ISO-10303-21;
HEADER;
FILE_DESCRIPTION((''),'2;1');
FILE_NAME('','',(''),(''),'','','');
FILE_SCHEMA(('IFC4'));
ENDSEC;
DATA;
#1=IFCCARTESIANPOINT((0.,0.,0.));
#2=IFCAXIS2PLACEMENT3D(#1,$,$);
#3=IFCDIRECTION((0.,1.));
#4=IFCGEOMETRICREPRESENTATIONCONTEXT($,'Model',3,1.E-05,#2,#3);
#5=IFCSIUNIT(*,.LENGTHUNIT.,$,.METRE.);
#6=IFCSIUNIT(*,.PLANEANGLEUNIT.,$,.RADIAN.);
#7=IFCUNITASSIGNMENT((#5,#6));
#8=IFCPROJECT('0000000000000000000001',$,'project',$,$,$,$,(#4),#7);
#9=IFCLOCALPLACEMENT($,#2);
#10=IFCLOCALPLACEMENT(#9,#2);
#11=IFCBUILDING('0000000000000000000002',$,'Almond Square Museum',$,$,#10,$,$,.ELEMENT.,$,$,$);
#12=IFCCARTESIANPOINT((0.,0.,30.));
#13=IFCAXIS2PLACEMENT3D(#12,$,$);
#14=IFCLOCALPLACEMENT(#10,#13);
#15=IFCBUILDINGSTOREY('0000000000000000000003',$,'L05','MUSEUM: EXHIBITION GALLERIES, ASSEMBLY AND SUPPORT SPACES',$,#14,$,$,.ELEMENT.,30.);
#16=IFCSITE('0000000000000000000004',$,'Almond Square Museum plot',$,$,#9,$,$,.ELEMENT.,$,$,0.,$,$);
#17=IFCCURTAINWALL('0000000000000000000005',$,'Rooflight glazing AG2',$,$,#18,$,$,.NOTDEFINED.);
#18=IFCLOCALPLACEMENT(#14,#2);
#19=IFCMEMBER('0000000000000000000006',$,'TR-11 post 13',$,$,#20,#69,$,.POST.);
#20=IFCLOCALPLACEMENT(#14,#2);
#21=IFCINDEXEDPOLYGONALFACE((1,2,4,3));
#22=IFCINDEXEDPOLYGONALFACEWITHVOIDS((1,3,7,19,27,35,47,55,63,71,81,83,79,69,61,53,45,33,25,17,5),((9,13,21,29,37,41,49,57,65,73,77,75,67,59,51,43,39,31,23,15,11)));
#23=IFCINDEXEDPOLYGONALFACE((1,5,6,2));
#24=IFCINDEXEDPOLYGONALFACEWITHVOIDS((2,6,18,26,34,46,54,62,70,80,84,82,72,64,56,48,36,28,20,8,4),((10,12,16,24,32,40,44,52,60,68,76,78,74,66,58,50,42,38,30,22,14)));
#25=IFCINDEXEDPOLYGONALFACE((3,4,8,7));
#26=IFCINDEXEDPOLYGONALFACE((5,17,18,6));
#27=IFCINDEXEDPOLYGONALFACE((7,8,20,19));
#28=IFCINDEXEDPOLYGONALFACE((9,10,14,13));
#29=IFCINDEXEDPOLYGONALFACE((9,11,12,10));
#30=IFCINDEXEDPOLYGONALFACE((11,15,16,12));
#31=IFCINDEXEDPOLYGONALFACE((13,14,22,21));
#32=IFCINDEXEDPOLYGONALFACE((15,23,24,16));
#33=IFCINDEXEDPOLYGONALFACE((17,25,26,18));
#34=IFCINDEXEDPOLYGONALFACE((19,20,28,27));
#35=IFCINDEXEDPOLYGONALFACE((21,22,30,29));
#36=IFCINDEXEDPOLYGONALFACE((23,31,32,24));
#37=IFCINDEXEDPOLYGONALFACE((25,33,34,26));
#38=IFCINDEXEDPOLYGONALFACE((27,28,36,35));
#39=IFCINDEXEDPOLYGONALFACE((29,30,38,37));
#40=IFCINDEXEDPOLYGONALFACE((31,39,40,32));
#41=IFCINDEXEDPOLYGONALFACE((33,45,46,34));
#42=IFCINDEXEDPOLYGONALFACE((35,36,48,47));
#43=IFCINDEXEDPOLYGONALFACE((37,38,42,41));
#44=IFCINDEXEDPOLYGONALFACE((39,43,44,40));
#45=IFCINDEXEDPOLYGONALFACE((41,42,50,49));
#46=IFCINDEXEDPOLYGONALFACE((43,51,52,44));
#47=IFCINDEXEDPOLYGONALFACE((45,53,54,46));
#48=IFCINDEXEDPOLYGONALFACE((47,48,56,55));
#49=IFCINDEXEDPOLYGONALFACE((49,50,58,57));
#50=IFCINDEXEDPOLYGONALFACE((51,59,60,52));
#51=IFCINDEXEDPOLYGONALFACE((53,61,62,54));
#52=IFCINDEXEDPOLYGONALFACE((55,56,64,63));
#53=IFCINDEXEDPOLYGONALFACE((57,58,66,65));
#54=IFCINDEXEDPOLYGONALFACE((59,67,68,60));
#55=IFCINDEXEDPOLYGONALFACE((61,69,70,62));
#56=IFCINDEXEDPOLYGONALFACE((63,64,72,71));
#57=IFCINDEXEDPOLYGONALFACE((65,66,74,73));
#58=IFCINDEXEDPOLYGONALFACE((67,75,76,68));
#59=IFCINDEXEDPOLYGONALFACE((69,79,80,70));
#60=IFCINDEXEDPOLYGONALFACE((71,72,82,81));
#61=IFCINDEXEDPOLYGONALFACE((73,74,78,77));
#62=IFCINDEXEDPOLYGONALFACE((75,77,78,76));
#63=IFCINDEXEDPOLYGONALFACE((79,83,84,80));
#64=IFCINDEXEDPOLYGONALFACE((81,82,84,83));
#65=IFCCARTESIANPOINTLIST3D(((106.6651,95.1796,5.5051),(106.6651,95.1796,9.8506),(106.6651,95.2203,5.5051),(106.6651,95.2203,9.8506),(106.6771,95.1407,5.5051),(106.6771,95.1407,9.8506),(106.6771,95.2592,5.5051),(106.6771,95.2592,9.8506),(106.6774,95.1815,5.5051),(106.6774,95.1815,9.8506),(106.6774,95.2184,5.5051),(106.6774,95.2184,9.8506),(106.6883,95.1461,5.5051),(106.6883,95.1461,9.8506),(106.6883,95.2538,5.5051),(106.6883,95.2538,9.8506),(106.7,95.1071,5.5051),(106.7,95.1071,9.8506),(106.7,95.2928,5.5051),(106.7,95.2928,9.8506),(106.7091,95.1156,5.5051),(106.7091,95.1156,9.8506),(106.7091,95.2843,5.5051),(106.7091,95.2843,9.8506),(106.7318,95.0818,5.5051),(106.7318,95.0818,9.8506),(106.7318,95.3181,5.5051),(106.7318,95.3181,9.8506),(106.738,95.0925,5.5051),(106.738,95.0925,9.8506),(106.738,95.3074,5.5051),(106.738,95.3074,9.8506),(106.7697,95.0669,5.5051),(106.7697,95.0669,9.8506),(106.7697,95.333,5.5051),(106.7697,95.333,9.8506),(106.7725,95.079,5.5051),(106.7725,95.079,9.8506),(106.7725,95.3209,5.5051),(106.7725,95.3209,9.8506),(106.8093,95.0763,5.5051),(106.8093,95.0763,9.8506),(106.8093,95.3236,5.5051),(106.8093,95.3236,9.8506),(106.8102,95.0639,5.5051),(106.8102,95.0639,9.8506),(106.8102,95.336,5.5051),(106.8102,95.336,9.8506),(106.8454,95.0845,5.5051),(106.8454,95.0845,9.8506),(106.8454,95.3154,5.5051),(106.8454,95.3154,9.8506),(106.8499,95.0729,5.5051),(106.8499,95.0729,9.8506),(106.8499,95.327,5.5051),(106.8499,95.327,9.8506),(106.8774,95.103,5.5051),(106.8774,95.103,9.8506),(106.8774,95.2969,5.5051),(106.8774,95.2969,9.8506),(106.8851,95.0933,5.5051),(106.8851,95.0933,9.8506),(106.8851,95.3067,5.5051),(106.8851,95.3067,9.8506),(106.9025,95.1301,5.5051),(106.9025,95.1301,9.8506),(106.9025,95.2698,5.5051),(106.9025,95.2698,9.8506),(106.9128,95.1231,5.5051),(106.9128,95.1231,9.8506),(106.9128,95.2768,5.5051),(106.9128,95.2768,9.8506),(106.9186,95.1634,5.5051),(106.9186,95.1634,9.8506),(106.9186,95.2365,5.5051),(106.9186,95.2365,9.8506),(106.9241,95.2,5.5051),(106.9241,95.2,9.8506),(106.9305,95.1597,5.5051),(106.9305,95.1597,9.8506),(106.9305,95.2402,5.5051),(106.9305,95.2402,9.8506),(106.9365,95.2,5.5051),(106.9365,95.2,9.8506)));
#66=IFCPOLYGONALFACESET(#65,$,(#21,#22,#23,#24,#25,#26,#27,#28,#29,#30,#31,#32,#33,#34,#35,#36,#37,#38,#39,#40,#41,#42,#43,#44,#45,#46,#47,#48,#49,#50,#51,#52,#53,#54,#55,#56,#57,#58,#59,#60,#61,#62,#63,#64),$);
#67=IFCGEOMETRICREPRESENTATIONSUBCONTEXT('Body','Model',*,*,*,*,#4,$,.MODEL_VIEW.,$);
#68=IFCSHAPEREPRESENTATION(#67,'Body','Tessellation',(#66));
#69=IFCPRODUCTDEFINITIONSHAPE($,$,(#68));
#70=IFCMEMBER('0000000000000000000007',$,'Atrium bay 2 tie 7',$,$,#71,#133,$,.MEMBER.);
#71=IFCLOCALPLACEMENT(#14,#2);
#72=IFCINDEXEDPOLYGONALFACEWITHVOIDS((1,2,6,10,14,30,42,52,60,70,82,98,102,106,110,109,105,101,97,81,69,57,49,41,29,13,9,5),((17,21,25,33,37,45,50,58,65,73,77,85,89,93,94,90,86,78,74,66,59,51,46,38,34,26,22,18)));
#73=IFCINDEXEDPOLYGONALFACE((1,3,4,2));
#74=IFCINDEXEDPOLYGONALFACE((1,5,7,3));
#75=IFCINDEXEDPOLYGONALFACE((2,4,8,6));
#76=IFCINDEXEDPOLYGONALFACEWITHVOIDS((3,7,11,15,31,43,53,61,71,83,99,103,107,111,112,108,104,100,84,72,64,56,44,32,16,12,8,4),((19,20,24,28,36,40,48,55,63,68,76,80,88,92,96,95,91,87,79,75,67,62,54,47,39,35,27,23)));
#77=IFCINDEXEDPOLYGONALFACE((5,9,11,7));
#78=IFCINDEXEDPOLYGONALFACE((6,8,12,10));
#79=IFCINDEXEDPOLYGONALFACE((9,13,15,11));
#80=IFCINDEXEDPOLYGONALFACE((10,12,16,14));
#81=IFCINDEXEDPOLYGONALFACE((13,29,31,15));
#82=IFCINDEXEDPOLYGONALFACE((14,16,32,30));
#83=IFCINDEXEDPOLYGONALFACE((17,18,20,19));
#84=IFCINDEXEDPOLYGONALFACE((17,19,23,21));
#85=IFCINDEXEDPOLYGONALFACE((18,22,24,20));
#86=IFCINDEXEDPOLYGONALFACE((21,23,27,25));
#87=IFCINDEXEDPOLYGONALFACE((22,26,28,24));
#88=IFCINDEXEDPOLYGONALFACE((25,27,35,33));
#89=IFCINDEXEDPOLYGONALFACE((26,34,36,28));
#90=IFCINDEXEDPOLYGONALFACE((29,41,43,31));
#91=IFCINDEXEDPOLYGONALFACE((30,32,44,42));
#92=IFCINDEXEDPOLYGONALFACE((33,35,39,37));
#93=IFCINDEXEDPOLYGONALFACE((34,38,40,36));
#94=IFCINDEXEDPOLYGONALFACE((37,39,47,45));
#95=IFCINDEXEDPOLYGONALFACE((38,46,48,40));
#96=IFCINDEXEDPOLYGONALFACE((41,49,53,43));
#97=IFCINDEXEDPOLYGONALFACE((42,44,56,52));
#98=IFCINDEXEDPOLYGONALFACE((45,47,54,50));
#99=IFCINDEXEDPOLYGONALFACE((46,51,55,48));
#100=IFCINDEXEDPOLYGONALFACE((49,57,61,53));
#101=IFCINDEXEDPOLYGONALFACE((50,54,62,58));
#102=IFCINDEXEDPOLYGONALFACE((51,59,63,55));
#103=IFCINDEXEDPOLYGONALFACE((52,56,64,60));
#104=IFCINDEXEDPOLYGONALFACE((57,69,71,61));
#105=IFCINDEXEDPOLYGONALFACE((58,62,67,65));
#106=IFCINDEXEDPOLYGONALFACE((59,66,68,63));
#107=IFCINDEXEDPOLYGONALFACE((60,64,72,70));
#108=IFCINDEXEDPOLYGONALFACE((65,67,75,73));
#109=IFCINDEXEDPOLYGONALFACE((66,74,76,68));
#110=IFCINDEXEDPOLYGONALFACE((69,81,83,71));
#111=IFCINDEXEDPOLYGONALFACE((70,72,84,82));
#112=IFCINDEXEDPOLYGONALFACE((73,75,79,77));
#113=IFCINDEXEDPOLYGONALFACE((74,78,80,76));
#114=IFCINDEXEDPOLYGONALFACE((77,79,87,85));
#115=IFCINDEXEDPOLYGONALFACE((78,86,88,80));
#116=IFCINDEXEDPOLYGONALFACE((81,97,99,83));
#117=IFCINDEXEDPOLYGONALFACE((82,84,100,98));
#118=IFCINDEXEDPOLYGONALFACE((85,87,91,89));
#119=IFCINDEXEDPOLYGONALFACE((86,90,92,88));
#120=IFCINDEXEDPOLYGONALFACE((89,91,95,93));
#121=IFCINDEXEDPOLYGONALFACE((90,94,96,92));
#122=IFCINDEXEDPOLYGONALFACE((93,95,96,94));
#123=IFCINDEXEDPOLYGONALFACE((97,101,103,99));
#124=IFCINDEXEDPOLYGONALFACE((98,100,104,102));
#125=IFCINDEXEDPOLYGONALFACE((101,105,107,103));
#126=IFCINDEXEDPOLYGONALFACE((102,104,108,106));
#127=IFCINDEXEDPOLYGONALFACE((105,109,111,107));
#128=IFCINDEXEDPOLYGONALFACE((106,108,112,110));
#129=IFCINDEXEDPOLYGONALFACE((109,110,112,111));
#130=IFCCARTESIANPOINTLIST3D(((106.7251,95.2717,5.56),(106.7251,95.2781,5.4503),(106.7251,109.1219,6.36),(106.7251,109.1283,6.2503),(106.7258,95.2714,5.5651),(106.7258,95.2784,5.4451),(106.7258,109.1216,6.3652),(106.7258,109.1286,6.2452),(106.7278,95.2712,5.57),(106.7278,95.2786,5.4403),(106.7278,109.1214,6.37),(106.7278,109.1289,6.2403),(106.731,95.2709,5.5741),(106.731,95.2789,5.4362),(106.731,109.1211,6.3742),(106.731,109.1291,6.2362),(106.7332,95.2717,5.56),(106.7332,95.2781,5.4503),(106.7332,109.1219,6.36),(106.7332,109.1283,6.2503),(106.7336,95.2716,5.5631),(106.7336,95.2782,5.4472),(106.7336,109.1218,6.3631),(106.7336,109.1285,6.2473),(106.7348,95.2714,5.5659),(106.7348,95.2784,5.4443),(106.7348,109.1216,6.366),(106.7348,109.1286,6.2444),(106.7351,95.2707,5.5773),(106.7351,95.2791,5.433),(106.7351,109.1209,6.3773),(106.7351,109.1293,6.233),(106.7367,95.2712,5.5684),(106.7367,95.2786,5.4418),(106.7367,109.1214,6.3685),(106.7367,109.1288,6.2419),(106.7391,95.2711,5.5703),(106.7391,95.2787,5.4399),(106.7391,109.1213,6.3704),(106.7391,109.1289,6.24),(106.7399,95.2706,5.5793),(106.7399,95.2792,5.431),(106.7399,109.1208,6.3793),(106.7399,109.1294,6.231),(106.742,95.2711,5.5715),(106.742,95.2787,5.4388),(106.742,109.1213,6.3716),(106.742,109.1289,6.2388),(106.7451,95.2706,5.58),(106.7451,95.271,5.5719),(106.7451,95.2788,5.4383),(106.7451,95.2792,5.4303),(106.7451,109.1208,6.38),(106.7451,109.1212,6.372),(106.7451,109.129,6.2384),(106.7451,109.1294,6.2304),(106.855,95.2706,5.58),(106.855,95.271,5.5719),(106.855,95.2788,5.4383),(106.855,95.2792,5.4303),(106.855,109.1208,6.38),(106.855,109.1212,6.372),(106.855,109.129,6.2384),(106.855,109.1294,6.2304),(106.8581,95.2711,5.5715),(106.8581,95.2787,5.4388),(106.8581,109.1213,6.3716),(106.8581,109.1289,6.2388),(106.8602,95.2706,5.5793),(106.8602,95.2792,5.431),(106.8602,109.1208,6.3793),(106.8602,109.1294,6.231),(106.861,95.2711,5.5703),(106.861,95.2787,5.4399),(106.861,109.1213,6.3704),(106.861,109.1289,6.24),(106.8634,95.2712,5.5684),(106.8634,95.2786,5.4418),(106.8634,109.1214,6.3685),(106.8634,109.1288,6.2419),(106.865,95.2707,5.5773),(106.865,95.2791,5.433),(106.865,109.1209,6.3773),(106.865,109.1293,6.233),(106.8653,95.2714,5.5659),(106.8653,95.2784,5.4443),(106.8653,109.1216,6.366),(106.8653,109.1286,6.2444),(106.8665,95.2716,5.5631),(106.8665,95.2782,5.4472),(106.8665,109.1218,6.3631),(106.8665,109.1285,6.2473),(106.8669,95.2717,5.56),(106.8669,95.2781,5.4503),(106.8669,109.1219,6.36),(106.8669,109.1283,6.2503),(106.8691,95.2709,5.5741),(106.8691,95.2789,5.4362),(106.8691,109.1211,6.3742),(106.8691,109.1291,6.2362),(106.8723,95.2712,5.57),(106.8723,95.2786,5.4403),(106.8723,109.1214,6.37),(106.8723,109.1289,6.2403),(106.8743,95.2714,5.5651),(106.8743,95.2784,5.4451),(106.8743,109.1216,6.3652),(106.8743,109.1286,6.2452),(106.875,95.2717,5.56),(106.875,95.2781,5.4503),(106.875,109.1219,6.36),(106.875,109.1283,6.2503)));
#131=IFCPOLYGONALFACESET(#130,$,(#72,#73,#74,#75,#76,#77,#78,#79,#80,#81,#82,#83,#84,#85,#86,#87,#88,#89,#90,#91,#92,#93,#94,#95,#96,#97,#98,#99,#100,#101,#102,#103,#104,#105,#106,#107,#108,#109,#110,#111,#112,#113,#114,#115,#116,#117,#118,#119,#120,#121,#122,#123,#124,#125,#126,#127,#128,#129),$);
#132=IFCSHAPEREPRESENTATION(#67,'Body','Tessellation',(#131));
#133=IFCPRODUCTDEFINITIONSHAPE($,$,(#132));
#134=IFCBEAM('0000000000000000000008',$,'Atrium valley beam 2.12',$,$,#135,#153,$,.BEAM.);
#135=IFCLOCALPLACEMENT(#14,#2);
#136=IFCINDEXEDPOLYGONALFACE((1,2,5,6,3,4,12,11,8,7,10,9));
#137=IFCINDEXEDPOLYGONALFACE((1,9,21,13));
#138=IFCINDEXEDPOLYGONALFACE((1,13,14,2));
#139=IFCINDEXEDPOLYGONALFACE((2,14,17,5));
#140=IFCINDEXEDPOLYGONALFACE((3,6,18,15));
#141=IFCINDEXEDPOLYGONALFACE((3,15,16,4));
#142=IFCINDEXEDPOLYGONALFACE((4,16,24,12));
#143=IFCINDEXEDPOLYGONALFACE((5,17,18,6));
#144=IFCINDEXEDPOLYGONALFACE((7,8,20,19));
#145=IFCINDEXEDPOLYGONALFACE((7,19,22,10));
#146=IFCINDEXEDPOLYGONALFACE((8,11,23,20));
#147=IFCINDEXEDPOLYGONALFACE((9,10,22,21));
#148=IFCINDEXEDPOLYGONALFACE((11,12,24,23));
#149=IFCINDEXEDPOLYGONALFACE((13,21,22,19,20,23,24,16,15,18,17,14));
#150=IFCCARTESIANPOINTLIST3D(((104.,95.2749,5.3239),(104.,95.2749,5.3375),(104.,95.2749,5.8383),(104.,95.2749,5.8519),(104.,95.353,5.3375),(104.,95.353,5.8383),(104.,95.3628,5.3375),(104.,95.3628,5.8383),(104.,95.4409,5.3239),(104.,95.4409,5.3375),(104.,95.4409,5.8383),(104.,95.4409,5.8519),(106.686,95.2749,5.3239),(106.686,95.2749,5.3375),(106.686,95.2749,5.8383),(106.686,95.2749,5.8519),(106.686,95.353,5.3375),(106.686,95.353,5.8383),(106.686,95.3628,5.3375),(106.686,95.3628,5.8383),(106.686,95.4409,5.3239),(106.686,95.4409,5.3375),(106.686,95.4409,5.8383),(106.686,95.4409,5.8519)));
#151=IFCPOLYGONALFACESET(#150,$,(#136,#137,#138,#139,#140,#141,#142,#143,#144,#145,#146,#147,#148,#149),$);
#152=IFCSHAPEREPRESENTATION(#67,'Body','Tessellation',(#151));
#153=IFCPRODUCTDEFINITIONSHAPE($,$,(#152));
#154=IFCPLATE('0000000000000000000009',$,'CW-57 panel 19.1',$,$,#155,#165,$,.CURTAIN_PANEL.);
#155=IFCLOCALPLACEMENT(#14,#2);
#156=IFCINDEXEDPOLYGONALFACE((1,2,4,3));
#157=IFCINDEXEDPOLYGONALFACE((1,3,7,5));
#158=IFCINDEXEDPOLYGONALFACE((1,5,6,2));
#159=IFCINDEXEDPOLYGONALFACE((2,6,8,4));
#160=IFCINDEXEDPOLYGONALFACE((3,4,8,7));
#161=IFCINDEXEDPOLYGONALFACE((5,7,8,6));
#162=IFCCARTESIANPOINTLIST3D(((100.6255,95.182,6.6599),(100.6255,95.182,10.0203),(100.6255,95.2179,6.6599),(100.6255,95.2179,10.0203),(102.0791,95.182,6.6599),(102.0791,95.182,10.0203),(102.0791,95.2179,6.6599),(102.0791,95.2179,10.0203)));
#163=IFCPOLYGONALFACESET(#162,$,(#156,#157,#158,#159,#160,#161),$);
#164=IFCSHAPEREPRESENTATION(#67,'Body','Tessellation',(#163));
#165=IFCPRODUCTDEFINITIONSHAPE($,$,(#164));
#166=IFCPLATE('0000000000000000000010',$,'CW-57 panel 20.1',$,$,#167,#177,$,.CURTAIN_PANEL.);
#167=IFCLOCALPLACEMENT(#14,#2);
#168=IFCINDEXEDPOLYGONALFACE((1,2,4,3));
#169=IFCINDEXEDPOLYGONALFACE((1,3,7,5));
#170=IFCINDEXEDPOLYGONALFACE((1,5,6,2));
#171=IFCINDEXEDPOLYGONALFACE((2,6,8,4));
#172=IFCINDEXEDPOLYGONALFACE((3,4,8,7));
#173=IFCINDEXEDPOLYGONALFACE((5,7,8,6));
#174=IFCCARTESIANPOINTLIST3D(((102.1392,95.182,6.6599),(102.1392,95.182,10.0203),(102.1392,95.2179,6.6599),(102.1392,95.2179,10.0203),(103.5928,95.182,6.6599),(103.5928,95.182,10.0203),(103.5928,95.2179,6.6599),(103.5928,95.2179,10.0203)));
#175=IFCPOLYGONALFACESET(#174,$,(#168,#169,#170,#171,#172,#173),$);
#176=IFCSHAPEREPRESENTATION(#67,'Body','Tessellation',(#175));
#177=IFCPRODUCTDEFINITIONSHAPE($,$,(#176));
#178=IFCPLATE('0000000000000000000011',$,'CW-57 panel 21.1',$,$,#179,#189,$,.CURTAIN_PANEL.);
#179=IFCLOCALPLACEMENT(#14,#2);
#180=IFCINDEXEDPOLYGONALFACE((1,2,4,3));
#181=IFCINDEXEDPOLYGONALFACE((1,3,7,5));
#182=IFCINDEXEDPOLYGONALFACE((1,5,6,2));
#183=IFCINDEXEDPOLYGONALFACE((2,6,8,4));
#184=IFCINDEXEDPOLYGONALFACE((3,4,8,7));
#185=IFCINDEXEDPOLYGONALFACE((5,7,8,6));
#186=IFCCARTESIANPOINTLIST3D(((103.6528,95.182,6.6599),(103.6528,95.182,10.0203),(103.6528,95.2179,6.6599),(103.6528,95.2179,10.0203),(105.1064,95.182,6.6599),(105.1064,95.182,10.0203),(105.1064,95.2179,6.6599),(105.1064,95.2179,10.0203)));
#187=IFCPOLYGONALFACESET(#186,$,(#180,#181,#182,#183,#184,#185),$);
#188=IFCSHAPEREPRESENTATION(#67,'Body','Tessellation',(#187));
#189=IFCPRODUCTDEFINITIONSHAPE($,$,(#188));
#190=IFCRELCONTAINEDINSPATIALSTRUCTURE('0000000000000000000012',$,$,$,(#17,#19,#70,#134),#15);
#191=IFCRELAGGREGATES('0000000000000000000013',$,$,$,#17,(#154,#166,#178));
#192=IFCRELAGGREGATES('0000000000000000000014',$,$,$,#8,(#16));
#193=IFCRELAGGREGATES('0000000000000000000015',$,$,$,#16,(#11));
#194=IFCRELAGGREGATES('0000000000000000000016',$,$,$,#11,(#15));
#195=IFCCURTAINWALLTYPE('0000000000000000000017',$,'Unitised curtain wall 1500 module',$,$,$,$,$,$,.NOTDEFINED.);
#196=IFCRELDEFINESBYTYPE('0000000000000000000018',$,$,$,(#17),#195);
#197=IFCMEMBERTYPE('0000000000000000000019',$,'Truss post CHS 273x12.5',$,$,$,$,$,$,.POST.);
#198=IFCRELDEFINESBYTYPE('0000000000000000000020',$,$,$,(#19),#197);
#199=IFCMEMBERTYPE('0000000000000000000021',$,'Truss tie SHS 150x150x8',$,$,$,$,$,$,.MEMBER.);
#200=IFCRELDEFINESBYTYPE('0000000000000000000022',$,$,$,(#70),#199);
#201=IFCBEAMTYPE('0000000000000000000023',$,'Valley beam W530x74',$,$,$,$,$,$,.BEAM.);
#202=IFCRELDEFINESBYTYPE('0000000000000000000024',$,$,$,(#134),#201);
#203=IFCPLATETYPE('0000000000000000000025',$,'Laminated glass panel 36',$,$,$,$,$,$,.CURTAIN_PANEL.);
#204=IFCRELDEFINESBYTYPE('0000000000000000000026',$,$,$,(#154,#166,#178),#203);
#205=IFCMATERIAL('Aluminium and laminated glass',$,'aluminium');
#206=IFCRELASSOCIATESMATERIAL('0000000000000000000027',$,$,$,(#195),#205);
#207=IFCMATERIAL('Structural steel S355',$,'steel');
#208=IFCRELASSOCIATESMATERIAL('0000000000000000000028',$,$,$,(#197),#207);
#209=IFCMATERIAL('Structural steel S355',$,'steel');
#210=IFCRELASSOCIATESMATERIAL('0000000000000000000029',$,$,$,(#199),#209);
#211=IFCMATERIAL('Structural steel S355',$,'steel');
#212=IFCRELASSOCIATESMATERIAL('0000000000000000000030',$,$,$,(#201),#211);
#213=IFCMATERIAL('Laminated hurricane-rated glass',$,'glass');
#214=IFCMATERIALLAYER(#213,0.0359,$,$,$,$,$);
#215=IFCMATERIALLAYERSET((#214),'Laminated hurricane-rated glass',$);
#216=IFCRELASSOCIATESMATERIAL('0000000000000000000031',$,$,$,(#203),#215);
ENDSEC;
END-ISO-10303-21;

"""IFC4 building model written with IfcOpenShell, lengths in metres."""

from ifc_helpers import new_model, si_unit, direction, frame, origin, origin_2d, place, context, subcontext, project, spatial, rectangle, hollow_rectangle, hollow_circle, i_section, extrude, material, layer, layer_set, material_profile, profile_set, type_object, element, aggregate, save


model = new_model("IFC4")

# Units and contexts
model_context = context("Model", 3, precision=1e-05, world=origin(), true_north=direction((0.0, 1.0)))
body_context = subcontext(model_context, "Body", "Model", "MODEL_VIEW")
ifc_project = project(units=[si_unit("LENGTHUNIT", "METRE"), si_unit("PLANEANGLEUNIT", "RADIAN")], contexts=[model_context])

# Site, building, storey
site_placement = place(None, origin())
site = spatial("IfcSite", under=ifc_project, at=site_placement, Name="Almond Square Museum plot", CompositionType="ELEMENT", RefElevation=0.0)
building_placement = place(site_placement, origin())
building = spatial("IfcBuilding", under=site, at=building_placement, Name="Almond Square Museum", CompositionType="ELEMENT")
storey_placement = place(building_placement, frame((0.0, 0.0, 30.0)))
storey = spatial("IfcBuildingStorey", under=building, at=storey_placement, Name="L05", Description="MUSEUM: EXHIBITION GALLERIES, ASSEMBLY AND SUPPORT SPACES", CompositionType="ELEMENT", Elevation=30.0)

# Curtain wall
ifc_material_1 = material(Name="Aluminium and laminated glass", Category="aluminium")
curtain_wall_type = type_object("IfcCurtainWallType", Name="Unitised curtain wall 1500 module", PredefinedType="NOTDEFINED", material=ifc_material_1)
curtain_wall_placement = place(storey_placement, origin())
curtain_wall = element("IfcCurtainWall", 1, at=curtain_wall_placement, inside=storey, type_object=curtain_wall_type, Name="Rooflight glazing AG2", PredefinedType="NOTDEFINED")

# Members
ifc_material_2 = material(Name="Structural steel S355", Category="steel")
ifc_material_profile_1 = material_profile(ifc_material_2, hollow_circle(Radius=0.1365, WallThickness=0.0125, at=origin_2d()))
ifc_profile_set_1 = profile_set([ifc_material_profile_1], Name="Structural steel S355")
member_type_1 = type_object("IfcMemberType", Name="Truss post CHS 273x12.5", PredefinedType="POST", material=ifc_profile_set_1)
member_1_placement = place(storey_placement, frame((106.8, 95.2, 5.5051), z_axis=(0.0, 0.0, 1.0), x_axis=(1.0, 0.0, 0.0)))
element("IfcMember", 2, at=member_1_placement, inside=storey, type_object=member_type_1, Name="TR-11 post 13", PredefinedType="POST", context=body_context, shape_type="SweptSolid", body=[
    extrude(hollow_circle(Radius=0.1365, WallThickness=0.0125, at=origin_2d()), origin(), (0.0, 0.0, 1.0), 4.3455),
])
ifc_material_3 = material(Name="Structural steel S355", Category="steel")
ifc_material_profile_2 = material_profile(ifc_material_3, hollow_rectangle(XDim=0.1499, YDim=0.1499, WallThickness=0.0081, InnerFilletRadius=0.012, OuterFilletRadius=0.02, at=origin_2d()))
ifc_profile_set_2 = profile_set([ifc_material_profile_2], Name="Structural steel S355")
member_type_2 = type_object("IfcMemberType", Name="Truss tie SHS 150x150x8", PredefinedType="MEMBER", material=ifc_profile_set_2)
member_2_placement = place(storey_placement, frame((106.8, 95.2749, 5.5051), z_axis=(0.0, 0.998336, 0.057669), x_axis=(-1.0, 0.0, 0.0)))
element("IfcMember", 3, at=member_2_placement, inside=storey, type_object=member_type_2, Name="Atrium bay 2 tie 7", PredefinedType="MEMBER", context=body_context, shape_type="SweptSolid", body=[
    extrude(hollow_rectangle(XDim=0.1499, YDim=0.1499, WallThickness=0.0081, InnerFilletRadius=0.012, OuterFilletRadius=0.02, at=origin_2d()), origin(), (0.0, 0.0, 1.0), 13.8733),
])

# Beam
ifc_material_4 = material(Name="Structural steel S355", Category="steel")
ifc_material_profile_3 = material_profile(ifc_material_4, i_section(OverallWidth=0.166, OverallDepth=0.5281, WebThickness=0.0098, FlangeThickness=0.0137, at=origin_2d()))
ifc_profile_set_3 = profile_set([ifc_material_profile_3], Name="Structural steel S355")
beam_type = type_object("IfcBeamType", Name="Valley beam W530x74", PredefinedType="BEAM", material=ifc_profile_set_3)
beam_placement = place(storey_placement, frame((104.0, 95.3579, 5.5879), z_axis=(1.0, 0.0, 0.0), x_axis=(0.0, 1.0, 0.0)))
element("IfcBeam", 4, at=beam_placement, inside=storey, type_object=beam_type, Name="Atrium valley beam 2.12", PredefinedType="BEAM", context=body_context, shape_type="SweptSolid", body=[
    extrude(i_section(OverallWidth=0.166, OverallDepth=0.5281, WebThickness=0.0098, FlangeThickness=0.0137, at=origin_2d()), origin(), (0.0, 0.0, 1.0), 2.686),
])

# Plates
ifc_material_5 = material(Name="Laminated hurricane-rated glass", Category="glass")
ifc_layer = layer(ifc_material_5, 0.0359)
ifc_layer_set = layer_set([ifc_layer], Name="Laminated hurricane-rated glass")
plate_type = type_object("IfcPlateType", Name="Laminated glass panel 36", PredefinedType="CURTAIN_PANEL", material=ifc_layer_set)
plate_1_placement = place(storey_placement, frame((101.3523, 95.2, 6.6599), z_axis=(0.0, 0.0, 1.0), x_axis=(1.0, 0.0, 0.0)))
plate_1 = element("IfcPlate", 5, at=plate_1_placement, type_object=plate_type, Name="CW-57 panel 19.1", PredefinedType="CURTAIN_PANEL", context=body_context, shape_type="SweptSolid", body=[
    extrude(rectangle(XDim=1.4536, YDim=0.0359, at=origin_2d()), origin(), (0.0, 0.0, 1.0), 3.3604),
])
plate_2_placement = place(storey_placement, frame((102.866, 95.2, 6.6599), z_axis=(0.0, 0.0, 1.0), x_axis=(1.0, 0.0, 0.0)))
plate_2 = element("IfcPlate", 6, at=plate_2_placement, type_object=plate_type, Name="CW-57 panel 20.1", PredefinedType="CURTAIN_PANEL", context=body_context, shape_type="SweptSolid", body=[
    extrude(rectangle(XDim=1.4536, YDim=0.0359, at=origin_2d()), origin(), (0.0, 0.0, 1.0), 3.3604),
])
plate_3_placement = place(storey_placement, frame((104.3796, 95.2, 6.6599), z_axis=(0.0, 0.0, 1.0), x_axis=(1.0, 0.0, 0.0)))
plate_3 = element("IfcPlate", 7, at=plate_3_placement, type_object=plate_type, Name="CW-57 panel 21.1", PredefinedType="CURTAIN_PANEL", context=body_context, shape_type="SweptSolid", body=[
    extrude(rectangle(XDim=1.4536, YDim=0.0359, at=origin_2d()), origin(), (0.0, 0.0, 1.0), 3.3604),
])
aggregate(curtain_wall, [plate_1, plate_2, plate_3])

save(model, "model.ifc")
